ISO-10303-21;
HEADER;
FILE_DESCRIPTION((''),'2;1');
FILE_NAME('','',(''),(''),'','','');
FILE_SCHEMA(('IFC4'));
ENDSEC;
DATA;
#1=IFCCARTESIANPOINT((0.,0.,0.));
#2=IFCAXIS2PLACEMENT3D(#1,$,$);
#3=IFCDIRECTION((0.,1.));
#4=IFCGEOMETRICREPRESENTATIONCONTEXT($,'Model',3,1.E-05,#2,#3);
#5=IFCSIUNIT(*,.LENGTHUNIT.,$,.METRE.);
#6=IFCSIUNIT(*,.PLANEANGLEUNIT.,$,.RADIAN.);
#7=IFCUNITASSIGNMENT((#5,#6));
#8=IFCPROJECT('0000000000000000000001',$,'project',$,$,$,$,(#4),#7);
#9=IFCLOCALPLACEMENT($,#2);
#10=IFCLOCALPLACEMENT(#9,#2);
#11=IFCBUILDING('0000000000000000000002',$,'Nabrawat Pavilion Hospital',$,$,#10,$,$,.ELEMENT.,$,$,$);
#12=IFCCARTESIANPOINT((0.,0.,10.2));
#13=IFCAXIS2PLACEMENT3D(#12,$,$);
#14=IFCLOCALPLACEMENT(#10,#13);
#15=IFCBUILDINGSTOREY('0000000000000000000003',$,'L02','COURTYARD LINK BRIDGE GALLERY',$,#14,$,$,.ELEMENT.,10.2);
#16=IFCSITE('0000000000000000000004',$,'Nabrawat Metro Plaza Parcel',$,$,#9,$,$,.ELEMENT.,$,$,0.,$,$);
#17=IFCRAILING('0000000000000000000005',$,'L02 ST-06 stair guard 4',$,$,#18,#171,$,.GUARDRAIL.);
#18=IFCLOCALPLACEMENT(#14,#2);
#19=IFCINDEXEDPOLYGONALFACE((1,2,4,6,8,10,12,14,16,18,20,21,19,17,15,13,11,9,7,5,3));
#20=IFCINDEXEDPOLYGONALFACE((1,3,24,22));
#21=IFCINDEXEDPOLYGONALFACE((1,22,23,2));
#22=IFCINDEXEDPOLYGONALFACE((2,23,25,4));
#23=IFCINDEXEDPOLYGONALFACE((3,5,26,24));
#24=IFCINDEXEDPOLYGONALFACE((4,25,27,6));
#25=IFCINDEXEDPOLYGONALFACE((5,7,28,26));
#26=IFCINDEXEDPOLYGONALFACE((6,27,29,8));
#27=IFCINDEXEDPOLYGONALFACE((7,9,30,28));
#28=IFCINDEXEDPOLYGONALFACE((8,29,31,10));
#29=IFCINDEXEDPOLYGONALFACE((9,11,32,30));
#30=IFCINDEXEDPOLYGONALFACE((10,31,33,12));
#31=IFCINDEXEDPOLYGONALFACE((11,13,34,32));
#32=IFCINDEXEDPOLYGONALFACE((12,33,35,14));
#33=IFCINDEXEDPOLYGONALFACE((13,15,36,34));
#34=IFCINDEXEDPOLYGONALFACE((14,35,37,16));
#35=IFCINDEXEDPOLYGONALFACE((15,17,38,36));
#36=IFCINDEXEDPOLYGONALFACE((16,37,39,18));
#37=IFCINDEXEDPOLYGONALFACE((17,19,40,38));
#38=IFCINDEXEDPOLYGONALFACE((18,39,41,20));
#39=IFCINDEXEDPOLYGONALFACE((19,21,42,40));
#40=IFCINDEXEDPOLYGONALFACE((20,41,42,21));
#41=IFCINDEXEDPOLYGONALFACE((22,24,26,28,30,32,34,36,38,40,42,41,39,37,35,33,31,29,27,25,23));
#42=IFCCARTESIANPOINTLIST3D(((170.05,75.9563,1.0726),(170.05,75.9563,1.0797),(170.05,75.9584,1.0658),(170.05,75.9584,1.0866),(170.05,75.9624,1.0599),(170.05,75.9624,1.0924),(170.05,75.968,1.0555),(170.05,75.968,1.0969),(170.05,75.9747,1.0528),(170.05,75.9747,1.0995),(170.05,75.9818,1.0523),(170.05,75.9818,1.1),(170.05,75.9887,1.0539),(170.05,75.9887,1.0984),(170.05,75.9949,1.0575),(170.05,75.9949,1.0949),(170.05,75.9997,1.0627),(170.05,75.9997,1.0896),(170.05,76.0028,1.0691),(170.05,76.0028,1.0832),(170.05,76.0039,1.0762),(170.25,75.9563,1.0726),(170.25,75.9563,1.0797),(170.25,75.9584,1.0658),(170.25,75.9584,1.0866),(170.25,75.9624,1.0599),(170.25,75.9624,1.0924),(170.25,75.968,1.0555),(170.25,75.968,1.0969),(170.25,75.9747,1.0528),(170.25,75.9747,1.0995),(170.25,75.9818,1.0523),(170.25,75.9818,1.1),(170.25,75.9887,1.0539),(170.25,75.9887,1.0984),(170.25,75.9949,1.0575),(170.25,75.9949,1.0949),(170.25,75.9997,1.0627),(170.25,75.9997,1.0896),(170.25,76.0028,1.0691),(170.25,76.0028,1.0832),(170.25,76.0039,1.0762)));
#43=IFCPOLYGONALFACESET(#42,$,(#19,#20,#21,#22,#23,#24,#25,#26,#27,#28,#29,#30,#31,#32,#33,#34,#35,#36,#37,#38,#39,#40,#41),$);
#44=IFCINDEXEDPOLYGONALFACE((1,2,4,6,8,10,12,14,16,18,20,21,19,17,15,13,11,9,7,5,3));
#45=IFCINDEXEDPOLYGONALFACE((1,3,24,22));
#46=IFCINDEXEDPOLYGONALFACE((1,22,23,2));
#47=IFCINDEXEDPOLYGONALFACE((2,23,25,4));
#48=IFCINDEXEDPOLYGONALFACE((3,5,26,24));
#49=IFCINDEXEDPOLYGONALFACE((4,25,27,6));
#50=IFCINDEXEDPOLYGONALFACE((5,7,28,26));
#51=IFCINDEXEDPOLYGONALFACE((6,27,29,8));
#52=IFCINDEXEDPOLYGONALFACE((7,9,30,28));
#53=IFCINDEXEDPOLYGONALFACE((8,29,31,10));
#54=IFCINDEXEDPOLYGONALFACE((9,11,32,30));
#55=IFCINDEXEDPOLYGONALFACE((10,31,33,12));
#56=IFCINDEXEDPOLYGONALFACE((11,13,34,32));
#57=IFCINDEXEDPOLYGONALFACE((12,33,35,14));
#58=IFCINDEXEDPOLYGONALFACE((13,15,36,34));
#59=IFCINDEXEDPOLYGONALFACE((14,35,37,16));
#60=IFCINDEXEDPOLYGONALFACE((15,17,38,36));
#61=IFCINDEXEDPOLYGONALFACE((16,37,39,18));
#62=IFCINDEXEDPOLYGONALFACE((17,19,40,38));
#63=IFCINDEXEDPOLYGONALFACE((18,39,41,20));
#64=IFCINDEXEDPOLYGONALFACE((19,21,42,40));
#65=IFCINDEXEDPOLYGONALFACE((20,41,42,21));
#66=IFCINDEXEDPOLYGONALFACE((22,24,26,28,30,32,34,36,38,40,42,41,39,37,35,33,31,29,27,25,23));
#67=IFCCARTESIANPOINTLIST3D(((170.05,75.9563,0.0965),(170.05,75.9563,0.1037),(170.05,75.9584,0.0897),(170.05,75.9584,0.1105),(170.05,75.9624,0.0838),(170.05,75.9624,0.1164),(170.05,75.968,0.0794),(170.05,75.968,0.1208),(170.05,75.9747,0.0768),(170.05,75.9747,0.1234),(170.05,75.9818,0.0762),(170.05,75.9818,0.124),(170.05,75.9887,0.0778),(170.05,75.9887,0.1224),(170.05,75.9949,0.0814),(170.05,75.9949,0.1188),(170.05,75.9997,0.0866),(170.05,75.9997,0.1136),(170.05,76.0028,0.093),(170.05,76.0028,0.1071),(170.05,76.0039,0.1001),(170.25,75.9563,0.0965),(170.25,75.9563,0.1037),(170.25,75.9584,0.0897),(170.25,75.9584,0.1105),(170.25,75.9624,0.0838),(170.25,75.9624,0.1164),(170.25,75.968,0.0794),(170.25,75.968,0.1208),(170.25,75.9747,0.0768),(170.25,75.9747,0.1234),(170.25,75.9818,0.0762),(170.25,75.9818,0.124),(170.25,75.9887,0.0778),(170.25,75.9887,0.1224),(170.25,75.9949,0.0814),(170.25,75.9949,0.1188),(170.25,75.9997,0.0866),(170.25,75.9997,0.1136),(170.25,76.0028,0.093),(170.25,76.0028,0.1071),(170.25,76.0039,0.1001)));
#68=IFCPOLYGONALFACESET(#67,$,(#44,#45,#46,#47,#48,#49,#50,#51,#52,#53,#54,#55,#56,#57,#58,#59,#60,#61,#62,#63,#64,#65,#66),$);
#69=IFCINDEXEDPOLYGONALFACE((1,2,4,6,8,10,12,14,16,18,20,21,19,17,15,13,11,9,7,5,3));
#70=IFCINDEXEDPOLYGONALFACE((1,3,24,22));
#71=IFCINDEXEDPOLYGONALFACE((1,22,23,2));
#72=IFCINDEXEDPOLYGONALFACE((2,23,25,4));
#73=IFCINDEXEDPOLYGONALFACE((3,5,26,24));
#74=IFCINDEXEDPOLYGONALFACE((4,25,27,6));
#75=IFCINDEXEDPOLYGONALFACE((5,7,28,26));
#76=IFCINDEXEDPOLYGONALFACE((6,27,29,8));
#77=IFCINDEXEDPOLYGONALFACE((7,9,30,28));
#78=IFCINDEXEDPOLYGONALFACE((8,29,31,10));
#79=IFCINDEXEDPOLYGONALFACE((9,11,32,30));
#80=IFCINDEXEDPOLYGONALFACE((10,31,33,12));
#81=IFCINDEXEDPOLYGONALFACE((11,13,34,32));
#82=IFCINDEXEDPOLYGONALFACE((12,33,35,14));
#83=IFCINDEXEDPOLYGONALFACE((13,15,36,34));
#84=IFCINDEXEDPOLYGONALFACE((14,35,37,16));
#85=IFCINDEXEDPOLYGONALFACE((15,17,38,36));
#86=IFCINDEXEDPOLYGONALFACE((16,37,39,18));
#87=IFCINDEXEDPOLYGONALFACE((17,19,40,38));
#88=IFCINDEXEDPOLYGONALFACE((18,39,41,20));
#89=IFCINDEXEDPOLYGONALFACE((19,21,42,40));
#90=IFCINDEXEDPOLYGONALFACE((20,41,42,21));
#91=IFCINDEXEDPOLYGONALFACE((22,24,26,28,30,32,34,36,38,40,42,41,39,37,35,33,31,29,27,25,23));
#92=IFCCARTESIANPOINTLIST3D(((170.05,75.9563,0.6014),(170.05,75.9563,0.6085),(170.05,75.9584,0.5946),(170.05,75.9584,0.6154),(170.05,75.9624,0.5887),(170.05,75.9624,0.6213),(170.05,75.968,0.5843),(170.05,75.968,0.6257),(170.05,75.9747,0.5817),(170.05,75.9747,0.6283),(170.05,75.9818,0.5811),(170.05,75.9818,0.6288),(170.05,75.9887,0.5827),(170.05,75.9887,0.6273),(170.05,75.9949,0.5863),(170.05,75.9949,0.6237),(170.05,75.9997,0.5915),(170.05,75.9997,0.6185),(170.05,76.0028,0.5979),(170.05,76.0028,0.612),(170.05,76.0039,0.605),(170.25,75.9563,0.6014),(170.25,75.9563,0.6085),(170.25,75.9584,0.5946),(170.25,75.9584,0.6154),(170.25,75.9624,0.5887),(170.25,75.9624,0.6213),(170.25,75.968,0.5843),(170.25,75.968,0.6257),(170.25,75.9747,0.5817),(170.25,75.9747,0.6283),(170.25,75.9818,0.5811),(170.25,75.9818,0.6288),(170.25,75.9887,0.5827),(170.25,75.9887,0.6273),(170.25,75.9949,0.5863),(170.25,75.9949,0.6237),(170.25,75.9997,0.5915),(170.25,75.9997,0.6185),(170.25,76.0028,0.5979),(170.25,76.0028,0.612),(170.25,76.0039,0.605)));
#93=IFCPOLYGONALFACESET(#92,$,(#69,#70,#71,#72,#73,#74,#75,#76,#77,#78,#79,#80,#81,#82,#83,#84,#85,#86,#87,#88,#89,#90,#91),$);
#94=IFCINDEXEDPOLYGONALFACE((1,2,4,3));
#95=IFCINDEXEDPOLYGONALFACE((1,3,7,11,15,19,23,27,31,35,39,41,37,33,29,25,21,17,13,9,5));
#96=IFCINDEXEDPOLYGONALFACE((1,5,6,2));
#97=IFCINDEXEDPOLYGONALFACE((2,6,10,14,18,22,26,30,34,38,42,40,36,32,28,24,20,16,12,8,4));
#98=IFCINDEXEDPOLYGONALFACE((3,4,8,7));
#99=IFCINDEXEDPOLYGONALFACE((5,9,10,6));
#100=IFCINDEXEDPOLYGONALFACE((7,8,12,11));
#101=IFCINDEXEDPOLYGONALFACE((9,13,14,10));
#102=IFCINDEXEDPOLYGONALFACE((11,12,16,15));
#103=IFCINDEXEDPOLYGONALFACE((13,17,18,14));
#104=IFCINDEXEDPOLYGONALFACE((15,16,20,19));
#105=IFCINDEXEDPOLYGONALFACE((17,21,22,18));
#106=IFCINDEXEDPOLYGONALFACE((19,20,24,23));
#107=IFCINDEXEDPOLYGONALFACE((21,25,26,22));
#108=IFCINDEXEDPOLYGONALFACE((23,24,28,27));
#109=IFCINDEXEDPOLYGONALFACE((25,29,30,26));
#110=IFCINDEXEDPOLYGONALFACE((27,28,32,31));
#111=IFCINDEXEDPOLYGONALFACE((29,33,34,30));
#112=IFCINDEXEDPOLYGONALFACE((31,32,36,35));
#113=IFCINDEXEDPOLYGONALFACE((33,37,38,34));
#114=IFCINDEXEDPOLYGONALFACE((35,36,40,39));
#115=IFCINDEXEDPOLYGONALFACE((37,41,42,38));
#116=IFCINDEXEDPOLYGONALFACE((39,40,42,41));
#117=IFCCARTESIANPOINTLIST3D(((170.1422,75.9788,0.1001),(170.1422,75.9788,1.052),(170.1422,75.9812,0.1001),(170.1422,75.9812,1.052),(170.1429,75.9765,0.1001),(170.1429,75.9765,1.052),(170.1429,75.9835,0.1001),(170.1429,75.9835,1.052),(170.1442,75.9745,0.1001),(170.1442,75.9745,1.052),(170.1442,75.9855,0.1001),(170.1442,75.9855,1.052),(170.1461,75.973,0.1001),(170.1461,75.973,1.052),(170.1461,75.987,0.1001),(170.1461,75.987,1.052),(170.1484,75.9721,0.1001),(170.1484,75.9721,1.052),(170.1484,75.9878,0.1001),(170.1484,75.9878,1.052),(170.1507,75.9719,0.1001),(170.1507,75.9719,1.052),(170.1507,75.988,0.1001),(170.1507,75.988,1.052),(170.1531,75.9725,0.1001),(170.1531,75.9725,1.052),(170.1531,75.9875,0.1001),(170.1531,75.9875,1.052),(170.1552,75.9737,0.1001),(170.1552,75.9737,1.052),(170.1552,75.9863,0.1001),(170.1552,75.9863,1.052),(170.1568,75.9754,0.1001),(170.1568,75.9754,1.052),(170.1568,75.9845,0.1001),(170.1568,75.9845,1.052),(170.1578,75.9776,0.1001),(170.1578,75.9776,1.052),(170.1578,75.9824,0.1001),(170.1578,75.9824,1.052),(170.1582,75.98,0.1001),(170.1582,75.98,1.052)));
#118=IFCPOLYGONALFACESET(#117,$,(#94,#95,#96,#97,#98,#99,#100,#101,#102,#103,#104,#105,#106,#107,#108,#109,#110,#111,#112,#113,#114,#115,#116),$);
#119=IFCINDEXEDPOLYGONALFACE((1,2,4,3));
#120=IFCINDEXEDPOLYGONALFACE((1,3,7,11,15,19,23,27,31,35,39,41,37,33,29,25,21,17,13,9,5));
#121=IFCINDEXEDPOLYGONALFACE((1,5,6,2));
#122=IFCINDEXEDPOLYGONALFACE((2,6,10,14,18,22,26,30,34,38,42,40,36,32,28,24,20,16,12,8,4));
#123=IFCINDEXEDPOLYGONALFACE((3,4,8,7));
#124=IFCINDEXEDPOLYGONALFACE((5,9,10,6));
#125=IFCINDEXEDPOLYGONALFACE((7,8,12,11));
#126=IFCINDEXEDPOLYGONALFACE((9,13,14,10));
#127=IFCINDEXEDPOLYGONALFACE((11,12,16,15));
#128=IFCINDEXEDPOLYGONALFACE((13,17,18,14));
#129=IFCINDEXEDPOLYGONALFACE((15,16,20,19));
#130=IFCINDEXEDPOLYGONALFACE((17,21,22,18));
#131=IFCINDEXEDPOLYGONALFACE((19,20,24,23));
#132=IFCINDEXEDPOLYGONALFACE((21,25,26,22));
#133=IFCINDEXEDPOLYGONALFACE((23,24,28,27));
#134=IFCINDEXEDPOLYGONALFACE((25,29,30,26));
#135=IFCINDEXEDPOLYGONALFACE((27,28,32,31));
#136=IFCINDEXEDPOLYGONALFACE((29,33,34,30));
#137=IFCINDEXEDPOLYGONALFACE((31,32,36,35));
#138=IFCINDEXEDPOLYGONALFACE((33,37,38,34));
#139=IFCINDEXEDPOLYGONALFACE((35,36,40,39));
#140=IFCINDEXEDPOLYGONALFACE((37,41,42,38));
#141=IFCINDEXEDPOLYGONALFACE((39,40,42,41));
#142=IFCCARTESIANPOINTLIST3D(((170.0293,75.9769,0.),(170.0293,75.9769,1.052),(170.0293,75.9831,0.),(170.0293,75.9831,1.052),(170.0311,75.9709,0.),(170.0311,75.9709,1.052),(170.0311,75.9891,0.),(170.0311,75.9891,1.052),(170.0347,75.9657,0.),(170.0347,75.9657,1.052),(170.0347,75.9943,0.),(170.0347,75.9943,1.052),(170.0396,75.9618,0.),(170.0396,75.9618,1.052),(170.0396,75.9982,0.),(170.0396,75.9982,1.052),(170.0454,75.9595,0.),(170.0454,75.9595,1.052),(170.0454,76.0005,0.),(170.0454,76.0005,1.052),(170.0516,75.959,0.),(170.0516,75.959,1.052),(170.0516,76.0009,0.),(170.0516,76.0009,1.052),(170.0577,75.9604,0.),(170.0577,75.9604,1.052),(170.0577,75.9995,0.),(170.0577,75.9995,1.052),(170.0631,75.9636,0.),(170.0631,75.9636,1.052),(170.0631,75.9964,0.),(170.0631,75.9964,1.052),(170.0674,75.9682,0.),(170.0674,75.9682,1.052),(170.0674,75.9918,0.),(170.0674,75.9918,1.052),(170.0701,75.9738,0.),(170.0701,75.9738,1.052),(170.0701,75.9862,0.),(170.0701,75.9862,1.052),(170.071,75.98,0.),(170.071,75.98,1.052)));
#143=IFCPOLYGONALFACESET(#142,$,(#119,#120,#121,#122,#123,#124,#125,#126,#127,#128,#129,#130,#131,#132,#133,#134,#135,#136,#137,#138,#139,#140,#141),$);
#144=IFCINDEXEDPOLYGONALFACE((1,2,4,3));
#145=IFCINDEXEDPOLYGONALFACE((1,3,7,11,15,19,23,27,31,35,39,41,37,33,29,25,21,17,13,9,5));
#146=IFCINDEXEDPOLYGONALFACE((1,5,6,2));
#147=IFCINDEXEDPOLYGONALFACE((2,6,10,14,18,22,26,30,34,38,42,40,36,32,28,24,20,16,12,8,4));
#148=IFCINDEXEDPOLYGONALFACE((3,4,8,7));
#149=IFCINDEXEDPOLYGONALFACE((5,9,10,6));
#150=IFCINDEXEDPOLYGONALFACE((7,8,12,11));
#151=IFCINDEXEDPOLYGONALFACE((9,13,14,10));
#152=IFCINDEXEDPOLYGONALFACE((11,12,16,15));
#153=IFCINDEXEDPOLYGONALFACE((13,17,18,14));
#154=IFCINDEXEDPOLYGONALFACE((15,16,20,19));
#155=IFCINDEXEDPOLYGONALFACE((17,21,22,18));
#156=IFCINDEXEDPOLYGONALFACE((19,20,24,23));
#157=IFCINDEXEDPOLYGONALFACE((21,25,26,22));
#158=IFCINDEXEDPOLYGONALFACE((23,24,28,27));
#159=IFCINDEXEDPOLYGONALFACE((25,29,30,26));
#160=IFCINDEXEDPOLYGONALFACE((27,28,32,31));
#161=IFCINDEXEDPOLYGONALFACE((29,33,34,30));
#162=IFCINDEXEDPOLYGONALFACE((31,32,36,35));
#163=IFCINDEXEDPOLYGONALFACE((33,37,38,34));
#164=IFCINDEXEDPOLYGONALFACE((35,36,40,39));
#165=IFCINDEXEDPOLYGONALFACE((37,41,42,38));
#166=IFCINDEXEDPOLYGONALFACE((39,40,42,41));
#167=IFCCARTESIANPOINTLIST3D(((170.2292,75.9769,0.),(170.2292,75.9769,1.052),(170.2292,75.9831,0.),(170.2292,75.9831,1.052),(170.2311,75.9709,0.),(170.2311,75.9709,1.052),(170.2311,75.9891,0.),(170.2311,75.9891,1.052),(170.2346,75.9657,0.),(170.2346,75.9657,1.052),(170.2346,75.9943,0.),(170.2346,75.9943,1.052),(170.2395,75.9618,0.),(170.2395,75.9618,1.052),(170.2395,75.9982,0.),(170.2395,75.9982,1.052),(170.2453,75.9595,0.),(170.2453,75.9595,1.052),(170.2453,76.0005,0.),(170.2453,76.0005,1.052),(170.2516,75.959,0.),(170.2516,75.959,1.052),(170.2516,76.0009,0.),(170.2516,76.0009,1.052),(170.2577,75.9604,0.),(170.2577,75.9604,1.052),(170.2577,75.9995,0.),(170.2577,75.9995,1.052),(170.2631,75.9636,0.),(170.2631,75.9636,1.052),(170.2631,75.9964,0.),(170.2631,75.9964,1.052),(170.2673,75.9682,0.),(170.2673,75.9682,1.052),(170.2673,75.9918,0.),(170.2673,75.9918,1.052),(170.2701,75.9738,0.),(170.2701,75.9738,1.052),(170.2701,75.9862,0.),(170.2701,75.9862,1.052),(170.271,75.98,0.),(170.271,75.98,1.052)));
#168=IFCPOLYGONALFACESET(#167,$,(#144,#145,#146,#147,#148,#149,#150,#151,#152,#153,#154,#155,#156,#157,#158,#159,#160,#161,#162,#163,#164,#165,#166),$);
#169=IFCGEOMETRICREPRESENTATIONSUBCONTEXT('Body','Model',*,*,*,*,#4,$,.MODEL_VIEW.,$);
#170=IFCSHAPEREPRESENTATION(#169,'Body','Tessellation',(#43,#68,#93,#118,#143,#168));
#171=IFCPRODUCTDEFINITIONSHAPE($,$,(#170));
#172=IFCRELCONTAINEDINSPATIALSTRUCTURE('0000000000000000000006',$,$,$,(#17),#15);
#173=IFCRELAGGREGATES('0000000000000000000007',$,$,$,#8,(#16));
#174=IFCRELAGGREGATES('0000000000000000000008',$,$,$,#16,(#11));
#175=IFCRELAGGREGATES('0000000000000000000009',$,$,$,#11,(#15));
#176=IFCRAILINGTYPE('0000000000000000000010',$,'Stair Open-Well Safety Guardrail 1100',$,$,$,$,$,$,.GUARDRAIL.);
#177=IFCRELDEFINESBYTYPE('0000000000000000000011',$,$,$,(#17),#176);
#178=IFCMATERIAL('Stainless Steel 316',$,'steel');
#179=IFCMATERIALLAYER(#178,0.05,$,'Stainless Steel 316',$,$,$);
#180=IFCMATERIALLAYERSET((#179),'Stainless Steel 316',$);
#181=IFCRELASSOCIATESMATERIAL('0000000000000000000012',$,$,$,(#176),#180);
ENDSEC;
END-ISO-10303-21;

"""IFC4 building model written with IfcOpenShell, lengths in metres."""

from ifc_helpers import new_model, si_unit, direction, frame, origin, origin_2d, place, context, subcontext, project, spatial, circle, extrude, material, layer, layer_set, type_object, element, save


model = new_model("IFC4")

# Units and contexts
model_context = context("Model", 3, precision=1e-05, world=origin(), true_north=direction((0.0, 1.0)))
body_context = subcontext(model_context, "Body", "Model", "MODEL_VIEW")
ifc_project = project(units=[si_unit("LENGTHUNIT", "METRE"), si_unit("PLANEANGLEUNIT", "RADIAN")], contexts=[model_context])

# Site, building, storey
site_placement = place(None, origin())
site = spatial("IfcSite", under=ifc_project, at=site_placement, Name="Nabrawat Metro Plaza Parcel", CompositionType="ELEMENT", RefElevation=0.0)
building_placement = place(site_placement, origin())
building = spatial("IfcBuilding", under=site, at=building_placement, Name="Nabrawat Pavilion Hospital", CompositionType="ELEMENT")
storey_placement = place(building_placement, frame((0.0, 0.0, 10.2)))
storey = spatial("IfcBuildingStorey", under=building, at=storey_placement, Name="L02", Description="COURTYARD LINK BRIDGE GALLERY", CompositionType="ELEMENT", Elevation=10.2)

# Railing
ifc_material_1 = material(Name="Stainless Steel 316", Category="steel")
ifc_layer_1 = layer(ifc_material_1, 0.05, Name="Stainless Steel 316")
ifc_layer_set_1 = layer_set([ifc_layer_1], Name="Stainless Steel 316")
railing_type_1 = type_object("IfcRailingType", Name="Stair Open-Well Safety Guardrail 1100", PredefinedType="GUARDRAIL", material=ifc_layer_set_1)
railing_1_placement = place(storey_placement, frame((170.05, 75.98, 0.0)))
element("IfcRailing", 1, at=railing_1_placement, inside=storey, type_object=railing_type_1, Name="L02 ST-06 stair guard 4", PredefinedType="GUARDRAIL", context=body_context, shape_type="SweptSolid", body=[
    extrude(circle(Radius=0.0239, at=origin_2d()), frame((0.0, 0.0, 1.0762), z_axis=(1.0, 0.0, 0.0), x_axis=(0.0, 1.0, 0.0)), (0.0, 0.0, 1.0), 0.2),
    extrude(circle(Radius=0.0239, at=origin_2d()), frame((0.0, 0.0, 0.1001), z_axis=(1.0, 0.0, 0.0), x_axis=(0.0, 1.0, 0.0)), (0.0, 0.0, 1.0), 0.2),
    extrude(circle(Radius=0.0239, at=origin_2d()), frame((0.0, 0.0, 0.605), z_axis=(1.0, 0.0, 0.0), x_axis=(0.0, 1.0, 0.0)), (0.0, 0.0, 1.0), 0.2),
    extrude(circle(Radius=0.0081, at=origin_2d()), frame((0.1001, 0.0, 0.1001)), (0.0, 0.0, 1.0), 0.9519),
    extrude(circle(Radius=0.021, at=origin_2d()), origin(), (0.0, 0.0, 1.0), 1.052),
    extrude(circle(Radius=0.021, at=origin_2d()), frame((0.2, 0.0, 0.0)), (0.0, 0.0, 1.0), 1.052),
])

save(model, "model.ifc")
